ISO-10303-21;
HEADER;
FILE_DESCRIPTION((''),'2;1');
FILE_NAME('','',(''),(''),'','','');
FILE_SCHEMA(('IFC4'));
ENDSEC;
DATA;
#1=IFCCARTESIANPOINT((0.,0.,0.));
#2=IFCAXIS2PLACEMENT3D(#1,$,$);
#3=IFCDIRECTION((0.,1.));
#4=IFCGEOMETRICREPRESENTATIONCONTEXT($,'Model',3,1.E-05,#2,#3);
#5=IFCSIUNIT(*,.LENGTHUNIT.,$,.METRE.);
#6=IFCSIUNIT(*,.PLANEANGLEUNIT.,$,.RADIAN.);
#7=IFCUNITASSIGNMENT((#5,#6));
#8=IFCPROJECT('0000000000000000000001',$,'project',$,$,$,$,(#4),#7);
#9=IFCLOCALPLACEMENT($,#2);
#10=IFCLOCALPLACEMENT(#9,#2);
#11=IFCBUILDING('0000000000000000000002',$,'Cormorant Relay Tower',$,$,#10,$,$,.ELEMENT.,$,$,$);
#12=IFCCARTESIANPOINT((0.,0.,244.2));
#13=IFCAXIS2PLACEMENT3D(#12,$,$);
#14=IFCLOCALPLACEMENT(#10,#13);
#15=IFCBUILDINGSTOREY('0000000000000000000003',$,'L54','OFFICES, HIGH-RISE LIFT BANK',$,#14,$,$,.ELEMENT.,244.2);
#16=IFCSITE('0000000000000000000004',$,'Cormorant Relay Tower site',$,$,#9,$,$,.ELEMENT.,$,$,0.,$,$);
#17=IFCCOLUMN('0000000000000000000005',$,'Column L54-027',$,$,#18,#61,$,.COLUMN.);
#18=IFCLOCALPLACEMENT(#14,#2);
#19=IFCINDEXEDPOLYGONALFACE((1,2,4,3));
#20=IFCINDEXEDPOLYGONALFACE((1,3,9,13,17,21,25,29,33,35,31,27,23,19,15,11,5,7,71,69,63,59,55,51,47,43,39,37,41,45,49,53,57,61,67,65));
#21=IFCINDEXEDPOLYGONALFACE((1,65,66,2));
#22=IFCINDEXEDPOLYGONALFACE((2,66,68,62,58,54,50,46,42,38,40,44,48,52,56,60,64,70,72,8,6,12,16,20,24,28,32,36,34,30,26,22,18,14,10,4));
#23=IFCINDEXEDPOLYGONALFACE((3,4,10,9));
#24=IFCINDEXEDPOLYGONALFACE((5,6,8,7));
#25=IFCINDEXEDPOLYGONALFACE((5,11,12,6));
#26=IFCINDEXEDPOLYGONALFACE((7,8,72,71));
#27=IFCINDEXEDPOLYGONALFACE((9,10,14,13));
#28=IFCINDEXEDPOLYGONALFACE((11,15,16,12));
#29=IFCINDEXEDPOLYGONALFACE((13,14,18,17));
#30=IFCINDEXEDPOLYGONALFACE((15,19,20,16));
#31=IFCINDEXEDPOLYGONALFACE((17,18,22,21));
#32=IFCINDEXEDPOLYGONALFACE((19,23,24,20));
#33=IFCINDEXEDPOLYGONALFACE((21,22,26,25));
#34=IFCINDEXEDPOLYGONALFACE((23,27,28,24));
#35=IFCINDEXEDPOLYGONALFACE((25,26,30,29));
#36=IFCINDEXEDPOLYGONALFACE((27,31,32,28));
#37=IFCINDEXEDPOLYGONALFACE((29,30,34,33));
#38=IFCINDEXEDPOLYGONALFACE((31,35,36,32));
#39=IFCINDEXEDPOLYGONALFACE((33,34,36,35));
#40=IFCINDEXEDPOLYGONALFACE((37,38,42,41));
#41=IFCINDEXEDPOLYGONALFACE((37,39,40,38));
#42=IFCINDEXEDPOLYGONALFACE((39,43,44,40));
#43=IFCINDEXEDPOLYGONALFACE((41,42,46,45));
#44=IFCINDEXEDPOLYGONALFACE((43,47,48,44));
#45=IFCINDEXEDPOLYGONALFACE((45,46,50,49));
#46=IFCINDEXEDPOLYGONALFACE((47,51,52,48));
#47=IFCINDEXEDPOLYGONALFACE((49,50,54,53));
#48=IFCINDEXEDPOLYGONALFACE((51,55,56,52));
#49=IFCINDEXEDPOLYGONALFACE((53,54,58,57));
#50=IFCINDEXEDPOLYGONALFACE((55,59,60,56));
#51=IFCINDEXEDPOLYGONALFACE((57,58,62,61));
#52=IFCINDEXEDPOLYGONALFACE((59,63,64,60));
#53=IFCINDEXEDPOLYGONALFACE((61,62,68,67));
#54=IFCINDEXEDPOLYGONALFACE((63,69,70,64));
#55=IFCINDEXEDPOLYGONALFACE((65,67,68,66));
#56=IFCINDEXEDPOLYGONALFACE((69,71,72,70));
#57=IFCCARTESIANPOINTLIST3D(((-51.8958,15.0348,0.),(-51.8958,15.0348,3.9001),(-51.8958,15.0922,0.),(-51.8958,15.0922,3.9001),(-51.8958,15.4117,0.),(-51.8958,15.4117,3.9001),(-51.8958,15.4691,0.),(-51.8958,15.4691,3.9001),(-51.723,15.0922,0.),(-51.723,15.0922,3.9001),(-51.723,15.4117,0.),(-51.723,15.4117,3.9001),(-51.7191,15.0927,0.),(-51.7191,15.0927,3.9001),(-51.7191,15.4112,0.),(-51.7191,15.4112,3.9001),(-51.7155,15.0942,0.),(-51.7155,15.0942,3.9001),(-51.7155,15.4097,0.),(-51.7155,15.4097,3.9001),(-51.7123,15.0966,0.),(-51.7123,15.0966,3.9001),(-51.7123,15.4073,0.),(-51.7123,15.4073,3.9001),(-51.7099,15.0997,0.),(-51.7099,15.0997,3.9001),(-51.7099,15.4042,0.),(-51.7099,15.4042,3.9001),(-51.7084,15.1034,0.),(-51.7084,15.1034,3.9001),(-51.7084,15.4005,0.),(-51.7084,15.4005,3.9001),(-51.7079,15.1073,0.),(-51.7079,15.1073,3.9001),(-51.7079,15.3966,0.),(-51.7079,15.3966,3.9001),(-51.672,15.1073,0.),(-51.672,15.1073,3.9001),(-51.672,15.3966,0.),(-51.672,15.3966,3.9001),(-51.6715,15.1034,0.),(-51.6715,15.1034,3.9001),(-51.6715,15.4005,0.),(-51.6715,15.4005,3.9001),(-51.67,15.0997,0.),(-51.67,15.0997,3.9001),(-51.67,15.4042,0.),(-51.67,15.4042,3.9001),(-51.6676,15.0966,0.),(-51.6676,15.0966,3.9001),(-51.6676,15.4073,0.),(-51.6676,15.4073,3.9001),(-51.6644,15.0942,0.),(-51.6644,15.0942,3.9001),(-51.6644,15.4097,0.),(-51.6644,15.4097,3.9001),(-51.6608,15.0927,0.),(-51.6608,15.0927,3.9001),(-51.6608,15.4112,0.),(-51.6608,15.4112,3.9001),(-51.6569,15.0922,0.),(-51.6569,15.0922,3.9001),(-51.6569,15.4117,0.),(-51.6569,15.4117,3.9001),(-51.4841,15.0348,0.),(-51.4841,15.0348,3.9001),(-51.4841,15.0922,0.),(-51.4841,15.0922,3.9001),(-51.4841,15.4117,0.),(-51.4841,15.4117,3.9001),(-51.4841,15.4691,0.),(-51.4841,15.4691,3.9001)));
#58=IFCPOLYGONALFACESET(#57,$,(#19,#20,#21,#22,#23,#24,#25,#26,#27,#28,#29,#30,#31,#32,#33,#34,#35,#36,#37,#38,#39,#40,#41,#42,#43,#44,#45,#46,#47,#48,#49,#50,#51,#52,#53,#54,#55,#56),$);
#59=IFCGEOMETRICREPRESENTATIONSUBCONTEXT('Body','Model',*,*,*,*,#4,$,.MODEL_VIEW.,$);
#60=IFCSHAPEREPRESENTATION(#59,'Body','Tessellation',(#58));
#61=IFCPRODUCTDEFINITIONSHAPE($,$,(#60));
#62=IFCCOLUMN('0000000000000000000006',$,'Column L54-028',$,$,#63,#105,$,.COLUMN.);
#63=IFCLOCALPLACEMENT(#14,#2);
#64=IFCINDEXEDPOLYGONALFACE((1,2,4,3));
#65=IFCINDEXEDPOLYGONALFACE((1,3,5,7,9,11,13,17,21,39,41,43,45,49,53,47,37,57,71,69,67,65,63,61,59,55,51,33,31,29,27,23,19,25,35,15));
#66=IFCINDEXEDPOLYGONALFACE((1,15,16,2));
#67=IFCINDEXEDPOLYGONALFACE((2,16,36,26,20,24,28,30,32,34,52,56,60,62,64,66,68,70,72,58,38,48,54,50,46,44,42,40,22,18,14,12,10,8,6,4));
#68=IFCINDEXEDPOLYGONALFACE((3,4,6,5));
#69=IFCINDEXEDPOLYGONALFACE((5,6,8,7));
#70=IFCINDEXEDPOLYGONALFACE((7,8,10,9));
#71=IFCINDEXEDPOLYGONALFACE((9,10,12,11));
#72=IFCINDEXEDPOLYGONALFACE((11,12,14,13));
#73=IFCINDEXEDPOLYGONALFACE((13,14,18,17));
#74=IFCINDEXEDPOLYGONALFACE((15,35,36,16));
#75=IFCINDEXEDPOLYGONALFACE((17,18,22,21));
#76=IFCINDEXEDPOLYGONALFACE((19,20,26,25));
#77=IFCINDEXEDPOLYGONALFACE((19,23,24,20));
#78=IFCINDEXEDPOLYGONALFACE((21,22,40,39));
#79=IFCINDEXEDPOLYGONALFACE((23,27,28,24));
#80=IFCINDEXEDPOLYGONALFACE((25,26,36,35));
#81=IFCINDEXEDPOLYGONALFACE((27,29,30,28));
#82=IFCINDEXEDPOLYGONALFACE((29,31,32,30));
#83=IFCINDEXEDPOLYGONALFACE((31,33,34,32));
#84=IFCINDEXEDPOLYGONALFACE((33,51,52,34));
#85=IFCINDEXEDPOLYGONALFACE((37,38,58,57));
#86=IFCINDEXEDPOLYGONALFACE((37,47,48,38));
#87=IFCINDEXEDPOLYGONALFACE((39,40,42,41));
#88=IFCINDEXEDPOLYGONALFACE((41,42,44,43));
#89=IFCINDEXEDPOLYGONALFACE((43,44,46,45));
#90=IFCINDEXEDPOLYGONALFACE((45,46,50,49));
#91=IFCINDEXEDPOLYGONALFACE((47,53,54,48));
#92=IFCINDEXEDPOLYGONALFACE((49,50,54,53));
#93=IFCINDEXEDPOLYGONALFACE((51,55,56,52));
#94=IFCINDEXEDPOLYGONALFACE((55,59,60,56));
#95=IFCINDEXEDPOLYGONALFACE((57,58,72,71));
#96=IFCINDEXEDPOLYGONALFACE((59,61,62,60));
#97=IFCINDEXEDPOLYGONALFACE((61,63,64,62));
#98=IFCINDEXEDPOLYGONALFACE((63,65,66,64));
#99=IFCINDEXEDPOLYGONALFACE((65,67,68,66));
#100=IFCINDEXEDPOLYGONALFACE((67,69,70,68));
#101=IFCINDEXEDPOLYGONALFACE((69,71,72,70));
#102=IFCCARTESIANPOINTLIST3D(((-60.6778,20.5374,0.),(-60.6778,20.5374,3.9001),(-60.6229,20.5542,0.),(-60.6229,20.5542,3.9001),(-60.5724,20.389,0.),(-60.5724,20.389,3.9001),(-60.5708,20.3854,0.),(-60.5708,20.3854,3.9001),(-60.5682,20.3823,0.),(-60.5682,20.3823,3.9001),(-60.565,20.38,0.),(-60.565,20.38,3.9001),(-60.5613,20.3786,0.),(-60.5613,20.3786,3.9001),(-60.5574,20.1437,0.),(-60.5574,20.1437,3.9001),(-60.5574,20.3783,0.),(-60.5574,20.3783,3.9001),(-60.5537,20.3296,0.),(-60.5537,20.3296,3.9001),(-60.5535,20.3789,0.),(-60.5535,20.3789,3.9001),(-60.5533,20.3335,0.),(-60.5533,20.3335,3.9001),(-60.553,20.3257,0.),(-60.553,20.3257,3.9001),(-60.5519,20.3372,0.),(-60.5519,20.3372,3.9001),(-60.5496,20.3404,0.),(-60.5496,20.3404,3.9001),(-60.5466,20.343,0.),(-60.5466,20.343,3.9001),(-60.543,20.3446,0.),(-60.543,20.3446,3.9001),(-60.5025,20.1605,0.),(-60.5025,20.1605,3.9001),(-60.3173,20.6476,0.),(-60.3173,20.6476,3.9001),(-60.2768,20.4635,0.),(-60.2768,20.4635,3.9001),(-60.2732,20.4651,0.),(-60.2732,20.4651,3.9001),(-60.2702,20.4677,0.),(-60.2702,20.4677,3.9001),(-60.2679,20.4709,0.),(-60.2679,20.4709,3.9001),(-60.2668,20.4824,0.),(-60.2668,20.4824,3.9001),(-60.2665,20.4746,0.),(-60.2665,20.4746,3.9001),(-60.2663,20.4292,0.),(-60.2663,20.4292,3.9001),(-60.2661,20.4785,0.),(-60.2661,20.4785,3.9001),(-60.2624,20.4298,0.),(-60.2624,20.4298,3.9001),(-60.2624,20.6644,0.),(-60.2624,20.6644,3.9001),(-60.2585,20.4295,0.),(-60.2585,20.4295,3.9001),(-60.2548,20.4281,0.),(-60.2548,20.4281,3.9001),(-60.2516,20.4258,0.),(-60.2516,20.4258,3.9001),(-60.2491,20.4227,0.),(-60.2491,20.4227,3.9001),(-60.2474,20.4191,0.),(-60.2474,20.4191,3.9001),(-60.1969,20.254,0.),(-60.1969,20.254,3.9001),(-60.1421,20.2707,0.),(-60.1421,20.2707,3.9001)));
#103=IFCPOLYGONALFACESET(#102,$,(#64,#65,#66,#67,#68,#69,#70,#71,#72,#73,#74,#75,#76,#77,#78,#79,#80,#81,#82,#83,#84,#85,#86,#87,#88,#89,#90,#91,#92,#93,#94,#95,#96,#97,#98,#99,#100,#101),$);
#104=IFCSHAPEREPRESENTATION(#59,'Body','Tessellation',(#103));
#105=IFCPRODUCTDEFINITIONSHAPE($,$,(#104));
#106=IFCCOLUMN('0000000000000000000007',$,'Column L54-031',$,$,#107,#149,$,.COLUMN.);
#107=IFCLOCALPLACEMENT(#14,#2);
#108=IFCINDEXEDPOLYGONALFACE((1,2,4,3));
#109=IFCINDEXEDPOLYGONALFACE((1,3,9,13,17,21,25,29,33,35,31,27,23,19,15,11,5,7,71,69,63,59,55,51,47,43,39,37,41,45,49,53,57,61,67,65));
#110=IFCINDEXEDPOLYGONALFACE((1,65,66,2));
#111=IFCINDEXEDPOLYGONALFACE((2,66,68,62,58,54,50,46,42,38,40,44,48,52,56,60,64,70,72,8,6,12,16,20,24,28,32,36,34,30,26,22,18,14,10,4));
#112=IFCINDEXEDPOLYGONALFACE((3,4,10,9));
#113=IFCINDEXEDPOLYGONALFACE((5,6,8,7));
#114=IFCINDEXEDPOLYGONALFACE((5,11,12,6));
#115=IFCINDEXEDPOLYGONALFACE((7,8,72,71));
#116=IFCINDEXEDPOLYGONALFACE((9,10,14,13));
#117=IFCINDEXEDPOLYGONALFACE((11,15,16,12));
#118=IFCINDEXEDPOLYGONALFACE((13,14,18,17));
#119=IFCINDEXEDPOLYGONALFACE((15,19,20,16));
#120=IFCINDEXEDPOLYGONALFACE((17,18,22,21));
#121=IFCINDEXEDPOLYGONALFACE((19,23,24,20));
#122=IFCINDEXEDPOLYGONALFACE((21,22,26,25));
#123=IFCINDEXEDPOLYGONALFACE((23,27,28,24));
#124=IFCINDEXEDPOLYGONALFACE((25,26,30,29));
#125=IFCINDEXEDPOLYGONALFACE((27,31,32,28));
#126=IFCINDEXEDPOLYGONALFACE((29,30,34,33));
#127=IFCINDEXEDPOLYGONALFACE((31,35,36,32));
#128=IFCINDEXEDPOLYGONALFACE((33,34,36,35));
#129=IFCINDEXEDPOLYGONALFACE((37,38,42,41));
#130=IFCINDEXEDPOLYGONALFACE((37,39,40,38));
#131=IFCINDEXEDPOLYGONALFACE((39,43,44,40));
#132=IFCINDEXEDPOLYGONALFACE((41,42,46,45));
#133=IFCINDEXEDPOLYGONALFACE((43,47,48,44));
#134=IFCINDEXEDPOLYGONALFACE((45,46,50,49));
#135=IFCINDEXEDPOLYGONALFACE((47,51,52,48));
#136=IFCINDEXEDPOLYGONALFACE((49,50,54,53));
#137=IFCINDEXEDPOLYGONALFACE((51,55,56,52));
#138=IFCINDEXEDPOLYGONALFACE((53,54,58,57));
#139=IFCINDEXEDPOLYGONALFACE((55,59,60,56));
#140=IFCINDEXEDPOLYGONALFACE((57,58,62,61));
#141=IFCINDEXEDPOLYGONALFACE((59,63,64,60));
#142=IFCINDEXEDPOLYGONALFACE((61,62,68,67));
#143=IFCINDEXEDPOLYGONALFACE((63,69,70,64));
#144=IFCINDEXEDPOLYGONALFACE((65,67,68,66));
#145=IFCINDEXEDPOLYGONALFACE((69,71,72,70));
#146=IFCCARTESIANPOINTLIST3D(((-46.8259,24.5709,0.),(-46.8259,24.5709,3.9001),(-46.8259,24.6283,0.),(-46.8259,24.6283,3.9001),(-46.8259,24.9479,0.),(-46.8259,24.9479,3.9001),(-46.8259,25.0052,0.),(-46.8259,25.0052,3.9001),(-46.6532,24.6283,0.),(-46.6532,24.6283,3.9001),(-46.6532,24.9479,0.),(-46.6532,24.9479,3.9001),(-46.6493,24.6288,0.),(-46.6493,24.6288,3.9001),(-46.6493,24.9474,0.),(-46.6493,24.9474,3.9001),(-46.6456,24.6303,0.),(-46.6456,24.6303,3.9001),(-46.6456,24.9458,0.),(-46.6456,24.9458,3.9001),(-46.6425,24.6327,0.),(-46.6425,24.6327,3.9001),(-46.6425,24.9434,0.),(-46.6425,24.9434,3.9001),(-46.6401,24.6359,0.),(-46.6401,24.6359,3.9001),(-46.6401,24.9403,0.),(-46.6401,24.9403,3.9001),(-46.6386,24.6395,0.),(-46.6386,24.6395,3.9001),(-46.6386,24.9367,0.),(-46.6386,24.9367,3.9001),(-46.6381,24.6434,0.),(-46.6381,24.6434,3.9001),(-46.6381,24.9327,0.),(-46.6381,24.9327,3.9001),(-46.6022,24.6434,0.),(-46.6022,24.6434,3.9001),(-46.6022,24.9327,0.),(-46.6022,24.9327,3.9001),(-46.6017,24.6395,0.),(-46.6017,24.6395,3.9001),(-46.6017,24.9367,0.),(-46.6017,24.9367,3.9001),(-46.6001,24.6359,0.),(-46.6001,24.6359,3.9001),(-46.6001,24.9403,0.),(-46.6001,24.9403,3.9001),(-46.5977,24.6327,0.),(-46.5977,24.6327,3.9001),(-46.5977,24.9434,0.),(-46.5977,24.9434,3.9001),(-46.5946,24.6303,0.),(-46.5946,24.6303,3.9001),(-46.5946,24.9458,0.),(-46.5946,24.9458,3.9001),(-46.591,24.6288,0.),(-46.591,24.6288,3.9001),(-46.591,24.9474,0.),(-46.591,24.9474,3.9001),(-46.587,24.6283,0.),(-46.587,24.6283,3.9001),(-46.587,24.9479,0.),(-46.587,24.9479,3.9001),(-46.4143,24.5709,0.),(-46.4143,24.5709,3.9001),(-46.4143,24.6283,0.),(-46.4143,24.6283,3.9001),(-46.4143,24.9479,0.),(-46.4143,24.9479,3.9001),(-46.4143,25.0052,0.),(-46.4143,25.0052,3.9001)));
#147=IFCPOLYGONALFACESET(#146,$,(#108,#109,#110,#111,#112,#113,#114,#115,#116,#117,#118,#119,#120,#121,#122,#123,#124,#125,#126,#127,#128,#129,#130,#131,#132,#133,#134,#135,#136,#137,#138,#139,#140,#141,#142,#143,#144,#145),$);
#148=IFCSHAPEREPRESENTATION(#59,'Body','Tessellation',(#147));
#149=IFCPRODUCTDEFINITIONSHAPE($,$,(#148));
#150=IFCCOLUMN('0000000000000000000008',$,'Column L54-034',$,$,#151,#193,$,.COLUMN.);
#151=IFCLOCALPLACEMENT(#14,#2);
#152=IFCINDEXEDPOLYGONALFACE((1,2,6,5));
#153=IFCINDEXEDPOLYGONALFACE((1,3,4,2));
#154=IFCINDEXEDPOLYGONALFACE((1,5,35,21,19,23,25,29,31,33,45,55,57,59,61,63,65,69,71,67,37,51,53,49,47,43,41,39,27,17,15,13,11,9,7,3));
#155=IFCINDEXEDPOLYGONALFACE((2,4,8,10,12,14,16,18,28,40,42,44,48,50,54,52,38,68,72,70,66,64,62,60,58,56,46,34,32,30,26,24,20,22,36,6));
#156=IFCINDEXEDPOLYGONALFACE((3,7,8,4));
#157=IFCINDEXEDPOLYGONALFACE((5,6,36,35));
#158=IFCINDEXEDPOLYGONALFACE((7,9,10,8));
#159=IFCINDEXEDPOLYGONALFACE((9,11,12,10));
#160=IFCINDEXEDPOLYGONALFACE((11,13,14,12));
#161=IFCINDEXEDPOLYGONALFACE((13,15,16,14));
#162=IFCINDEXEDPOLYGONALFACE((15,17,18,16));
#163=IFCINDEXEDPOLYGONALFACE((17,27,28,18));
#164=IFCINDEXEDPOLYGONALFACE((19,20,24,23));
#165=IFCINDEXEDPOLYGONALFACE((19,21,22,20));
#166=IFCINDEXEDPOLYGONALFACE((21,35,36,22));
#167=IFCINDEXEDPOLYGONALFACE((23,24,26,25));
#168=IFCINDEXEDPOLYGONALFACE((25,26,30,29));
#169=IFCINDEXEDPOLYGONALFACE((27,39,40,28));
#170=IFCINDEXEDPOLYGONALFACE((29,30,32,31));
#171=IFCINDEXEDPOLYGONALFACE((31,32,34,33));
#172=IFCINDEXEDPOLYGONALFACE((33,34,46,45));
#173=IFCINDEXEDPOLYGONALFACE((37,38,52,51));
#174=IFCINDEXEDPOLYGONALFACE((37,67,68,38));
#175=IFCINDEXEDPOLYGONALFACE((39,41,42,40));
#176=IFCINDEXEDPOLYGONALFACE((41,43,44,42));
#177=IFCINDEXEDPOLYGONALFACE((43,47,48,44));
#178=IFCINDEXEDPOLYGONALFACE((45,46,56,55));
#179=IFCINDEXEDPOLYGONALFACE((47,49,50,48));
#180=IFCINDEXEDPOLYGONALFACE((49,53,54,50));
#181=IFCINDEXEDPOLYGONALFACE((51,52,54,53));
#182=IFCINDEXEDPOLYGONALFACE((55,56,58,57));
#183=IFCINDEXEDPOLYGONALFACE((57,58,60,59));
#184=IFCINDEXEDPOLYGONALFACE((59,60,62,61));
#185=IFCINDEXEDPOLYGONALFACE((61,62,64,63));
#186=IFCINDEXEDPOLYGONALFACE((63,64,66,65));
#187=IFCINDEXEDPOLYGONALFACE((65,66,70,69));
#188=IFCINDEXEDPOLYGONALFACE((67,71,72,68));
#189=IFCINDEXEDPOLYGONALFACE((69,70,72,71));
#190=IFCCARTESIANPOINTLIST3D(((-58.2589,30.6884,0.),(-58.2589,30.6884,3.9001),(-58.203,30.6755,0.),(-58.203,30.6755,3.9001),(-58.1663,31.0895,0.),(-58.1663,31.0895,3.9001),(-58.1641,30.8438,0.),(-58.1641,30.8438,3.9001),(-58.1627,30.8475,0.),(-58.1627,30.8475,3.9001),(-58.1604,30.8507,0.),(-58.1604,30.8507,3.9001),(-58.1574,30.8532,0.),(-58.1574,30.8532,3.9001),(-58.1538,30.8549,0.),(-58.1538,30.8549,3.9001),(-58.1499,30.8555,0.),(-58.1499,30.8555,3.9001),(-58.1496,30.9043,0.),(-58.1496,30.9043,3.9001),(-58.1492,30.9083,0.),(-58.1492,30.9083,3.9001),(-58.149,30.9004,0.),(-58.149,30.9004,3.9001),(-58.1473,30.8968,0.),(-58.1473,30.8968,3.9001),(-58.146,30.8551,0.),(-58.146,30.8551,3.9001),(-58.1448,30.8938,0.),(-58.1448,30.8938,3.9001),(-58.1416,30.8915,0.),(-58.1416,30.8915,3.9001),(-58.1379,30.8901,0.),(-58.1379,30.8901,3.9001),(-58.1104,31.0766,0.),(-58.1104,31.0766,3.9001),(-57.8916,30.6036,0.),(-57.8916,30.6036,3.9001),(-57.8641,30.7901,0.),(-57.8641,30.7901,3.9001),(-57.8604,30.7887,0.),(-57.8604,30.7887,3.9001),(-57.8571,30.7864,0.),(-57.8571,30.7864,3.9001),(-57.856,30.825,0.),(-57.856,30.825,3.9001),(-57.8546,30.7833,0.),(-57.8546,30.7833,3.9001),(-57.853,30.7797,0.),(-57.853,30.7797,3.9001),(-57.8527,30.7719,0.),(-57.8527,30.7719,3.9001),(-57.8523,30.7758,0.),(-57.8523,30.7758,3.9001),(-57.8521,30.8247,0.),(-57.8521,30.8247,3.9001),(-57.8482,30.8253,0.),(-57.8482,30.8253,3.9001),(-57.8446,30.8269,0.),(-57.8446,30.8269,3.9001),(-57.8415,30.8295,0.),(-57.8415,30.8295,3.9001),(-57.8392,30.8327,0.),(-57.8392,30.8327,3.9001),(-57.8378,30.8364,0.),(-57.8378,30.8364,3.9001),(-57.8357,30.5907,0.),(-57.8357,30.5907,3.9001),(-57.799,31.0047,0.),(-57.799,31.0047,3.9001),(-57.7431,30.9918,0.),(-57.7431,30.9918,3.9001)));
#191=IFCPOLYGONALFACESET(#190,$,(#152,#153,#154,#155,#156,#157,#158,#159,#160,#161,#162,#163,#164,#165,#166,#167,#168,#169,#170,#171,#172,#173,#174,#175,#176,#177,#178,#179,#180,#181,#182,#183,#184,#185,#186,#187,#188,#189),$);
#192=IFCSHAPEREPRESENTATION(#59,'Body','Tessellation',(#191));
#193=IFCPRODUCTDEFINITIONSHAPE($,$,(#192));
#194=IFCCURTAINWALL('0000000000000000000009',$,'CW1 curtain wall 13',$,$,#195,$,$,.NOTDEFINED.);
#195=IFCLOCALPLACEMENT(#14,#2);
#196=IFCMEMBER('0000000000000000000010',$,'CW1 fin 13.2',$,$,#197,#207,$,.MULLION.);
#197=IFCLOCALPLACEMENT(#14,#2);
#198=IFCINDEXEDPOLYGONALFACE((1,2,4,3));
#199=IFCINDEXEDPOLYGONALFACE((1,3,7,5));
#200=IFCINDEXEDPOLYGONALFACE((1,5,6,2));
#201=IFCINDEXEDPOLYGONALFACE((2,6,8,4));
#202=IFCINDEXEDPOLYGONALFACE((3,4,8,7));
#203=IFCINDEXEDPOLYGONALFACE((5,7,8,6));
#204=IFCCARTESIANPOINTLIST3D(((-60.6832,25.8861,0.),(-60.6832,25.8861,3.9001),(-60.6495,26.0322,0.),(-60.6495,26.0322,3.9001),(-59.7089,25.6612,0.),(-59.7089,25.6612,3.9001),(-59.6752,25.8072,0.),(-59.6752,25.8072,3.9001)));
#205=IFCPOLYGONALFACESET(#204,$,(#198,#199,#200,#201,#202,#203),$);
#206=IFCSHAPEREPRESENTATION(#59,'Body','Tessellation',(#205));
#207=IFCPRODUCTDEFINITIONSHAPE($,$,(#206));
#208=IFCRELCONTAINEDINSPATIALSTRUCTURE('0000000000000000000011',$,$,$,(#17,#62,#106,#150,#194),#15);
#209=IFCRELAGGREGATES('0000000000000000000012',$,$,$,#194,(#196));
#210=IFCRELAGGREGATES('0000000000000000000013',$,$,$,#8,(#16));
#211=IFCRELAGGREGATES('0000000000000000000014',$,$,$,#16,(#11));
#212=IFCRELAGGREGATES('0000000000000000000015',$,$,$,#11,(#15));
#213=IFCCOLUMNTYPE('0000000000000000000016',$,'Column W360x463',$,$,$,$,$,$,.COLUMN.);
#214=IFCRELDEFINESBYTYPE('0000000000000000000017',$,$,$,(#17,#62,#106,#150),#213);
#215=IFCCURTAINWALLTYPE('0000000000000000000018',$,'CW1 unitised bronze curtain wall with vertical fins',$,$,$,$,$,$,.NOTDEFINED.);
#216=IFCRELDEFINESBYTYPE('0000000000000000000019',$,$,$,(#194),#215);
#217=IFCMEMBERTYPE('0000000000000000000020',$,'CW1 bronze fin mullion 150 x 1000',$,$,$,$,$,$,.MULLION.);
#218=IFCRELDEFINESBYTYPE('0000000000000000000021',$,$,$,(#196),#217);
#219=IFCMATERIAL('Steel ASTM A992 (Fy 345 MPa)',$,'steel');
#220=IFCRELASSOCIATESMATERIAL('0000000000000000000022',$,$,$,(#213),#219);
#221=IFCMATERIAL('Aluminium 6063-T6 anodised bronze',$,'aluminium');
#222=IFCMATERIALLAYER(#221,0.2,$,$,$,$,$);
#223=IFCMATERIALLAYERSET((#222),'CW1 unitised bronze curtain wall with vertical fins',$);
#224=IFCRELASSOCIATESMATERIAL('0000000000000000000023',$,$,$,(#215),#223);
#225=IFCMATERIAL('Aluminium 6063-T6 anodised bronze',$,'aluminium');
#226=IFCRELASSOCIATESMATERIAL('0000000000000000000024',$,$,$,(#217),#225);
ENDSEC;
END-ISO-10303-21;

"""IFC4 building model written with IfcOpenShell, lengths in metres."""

from ifc_helpers import new_model, si_unit, direction, frame, origin, origin_2d, place, context, subcontext, project, spatial, rectangle, i_section, extrude, material, layer, layer_set, material_profile, profile_set, type_object, element, aggregate, save


model = new_model("IFC4")

# Units and contexts
model_context = context("Model", 3, precision=1e-05, world=origin(), true_north=direction((0.0, 1.0)))
body_context = subcontext(model_context, "Body", "Model", "MODEL_VIEW")
ifc_project = project(units=[si_unit("LENGTHUNIT", "METRE"), si_unit("PLANEANGLEUNIT", "RADIAN")], contexts=[model_context])

# Site, building, storey
site_placement = place(None, origin())
site = spatial("IfcSite", under=ifc_project, at=site_placement, Name="Cormorant Relay Tower site", CompositionType="ELEMENT", RefElevation=0.0)
building_placement = place(site_placement, origin())
building = spatial("IfcBuilding", under=site, at=building_placement, Name="Cormorant Relay Tower", CompositionType="ELEMENT")
storey_placement = place(building_placement, frame((0.0, 0.0, 244.2)))
storey = spatial("IfcBuildingStorey", under=building, at=storey_placement, Name="L54", Description="OFFICES, HIGH-RISE LIFT BANK", CompositionType="ELEMENT", Elevation=244.2)

# Columns
ifc_material_1 = material(Name="Steel ASTM A992 (Fy 345 MPa)", Category="steel")
ifc_material_profile_1 = material_profile(ifc_material_1, i_section(OverallWidth=0.4116, OverallDepth=0.4343, WebThickness=0.0359, FlangeThickness=0.0574, FilletRadius=0.0151, at=origin_2d()), Name="W360x463")
ifc_profile_set_1 = profile_set([ifc_material_profile_1], Name="Steel ASTM A992 (Fy 345 MPa)")
column_type = type_object("IfcColumnType", Name="Column W360x463", PredefinedType="COLUMN", material=ifc_profile_set_1)
for number, where, z_axis, x_axis, name in (
    (1, (-51.6899, 15.252, 0.0), (0.0, 0.0, 1.0), (1.0, 0.0, 0.0), "Column L54-027"),
    (2, (-60.4099, 20.4041, 0.0), (0.0, 0.0, 1.0), (0.292372, -0.956305, 0.0), "Column L54-028"),
    (3, (-46.6201, 24.7881, 0.0), (0.0, 0.0, 1.0), (1.0, 0.0, 0.0), "Column L54-031"),
    (4, (-58.001, 30.8401, 0.0), (0.0, 0.0, 1.0), (-0.224951, -0.97437, 0.0), "Column L54-034"),
):
    element("IfcColumn", number, at=place(storey_placement, frame(where, z_axis=z_axis, x_axis=x_axis)), inside=storey, type_object=column_type, Name=name, PredefinedType="COLUMN", context=body_context, shape_type="SweptSolid", body=[
        extrude(i_section(OverallWidth=0.4116, OverallDepth=0.4343, WebThickness=0.0359, FlangeThickness=0.0574, FilletRadius=0.0151, at=origin_2d()), origin(), (0.0, 0.0, 1.0), 3.9001),
    ])

# Curtain wall, member
ifc_material_2 = material(Name="Aluminium 6063-T6 anodised bronze", Category="aluminium")
ifc_layer_1 = layer(ifc_material_2, 0.2)
ifc_layer_set_1 = layer_set([ifc_layer_1], Name="CW1 unitised bronze curtain wall with vertical fins")
curtain_wall_type = type_object("IfcCurtainWallType", Name="CW1 unitised bronze curtain wall with vertical fins", PredefinedType="NOTDEFINED", material=ifc_layer_set_1)
curtain_wall_1_placement = place(storey_placement, origin())
curtain_wall_1 = element("IfcCurtainWall", 5, at=curtain_wall_1_placement, inside=storey, type_object=curtain_wall_type, Name="CW1 curtain wall 13", PredefinedType="NOTDEFINED")
ifc_material_3 = material(Name="Aluminium 6063-T6 anodised bronze", Category="aluminium")
ifc_material_profile_2 = material_profile(ifc_material_3, rectangle(XDim=0.1499, YDim=1.0, at=origin_2d()), Name="AL 150x1000")
ifc_profile_set_2 = profile_set([ifc_material_profile_2], Name="Aluminium 6063-T6 anodised bronze")
member_type_1 = type_object("IfcMemberType", Name="CW1 bronze fin mullion 150 x 1000", PredefinedType="MULLION", material=ifc_profile_set_2)
member_1_placement = place(storey_placement, frame((-60.1792, 25.8467, 0.0), z_axis=(0.0, 0.0, 1.0), x_axis=(-0.224951, -0.97437, 0.0)))
member_1 = element("IfcMember", 6, at=member_1_placement, type_object=member_type_1, Name="CW1 fin 13.2", PredefinedType="MULLION", context=body_context, shape_type="SweptSolid", body=[
    extrude(rectangle(XDim=0.1499, YDim=1.0, at=origin_2d()), origin(), (0.0, 0.0, 1.0), 3.9001),
])

aggregate(curtain_wall_1, [member_1])

save(model, "model.ifc")
